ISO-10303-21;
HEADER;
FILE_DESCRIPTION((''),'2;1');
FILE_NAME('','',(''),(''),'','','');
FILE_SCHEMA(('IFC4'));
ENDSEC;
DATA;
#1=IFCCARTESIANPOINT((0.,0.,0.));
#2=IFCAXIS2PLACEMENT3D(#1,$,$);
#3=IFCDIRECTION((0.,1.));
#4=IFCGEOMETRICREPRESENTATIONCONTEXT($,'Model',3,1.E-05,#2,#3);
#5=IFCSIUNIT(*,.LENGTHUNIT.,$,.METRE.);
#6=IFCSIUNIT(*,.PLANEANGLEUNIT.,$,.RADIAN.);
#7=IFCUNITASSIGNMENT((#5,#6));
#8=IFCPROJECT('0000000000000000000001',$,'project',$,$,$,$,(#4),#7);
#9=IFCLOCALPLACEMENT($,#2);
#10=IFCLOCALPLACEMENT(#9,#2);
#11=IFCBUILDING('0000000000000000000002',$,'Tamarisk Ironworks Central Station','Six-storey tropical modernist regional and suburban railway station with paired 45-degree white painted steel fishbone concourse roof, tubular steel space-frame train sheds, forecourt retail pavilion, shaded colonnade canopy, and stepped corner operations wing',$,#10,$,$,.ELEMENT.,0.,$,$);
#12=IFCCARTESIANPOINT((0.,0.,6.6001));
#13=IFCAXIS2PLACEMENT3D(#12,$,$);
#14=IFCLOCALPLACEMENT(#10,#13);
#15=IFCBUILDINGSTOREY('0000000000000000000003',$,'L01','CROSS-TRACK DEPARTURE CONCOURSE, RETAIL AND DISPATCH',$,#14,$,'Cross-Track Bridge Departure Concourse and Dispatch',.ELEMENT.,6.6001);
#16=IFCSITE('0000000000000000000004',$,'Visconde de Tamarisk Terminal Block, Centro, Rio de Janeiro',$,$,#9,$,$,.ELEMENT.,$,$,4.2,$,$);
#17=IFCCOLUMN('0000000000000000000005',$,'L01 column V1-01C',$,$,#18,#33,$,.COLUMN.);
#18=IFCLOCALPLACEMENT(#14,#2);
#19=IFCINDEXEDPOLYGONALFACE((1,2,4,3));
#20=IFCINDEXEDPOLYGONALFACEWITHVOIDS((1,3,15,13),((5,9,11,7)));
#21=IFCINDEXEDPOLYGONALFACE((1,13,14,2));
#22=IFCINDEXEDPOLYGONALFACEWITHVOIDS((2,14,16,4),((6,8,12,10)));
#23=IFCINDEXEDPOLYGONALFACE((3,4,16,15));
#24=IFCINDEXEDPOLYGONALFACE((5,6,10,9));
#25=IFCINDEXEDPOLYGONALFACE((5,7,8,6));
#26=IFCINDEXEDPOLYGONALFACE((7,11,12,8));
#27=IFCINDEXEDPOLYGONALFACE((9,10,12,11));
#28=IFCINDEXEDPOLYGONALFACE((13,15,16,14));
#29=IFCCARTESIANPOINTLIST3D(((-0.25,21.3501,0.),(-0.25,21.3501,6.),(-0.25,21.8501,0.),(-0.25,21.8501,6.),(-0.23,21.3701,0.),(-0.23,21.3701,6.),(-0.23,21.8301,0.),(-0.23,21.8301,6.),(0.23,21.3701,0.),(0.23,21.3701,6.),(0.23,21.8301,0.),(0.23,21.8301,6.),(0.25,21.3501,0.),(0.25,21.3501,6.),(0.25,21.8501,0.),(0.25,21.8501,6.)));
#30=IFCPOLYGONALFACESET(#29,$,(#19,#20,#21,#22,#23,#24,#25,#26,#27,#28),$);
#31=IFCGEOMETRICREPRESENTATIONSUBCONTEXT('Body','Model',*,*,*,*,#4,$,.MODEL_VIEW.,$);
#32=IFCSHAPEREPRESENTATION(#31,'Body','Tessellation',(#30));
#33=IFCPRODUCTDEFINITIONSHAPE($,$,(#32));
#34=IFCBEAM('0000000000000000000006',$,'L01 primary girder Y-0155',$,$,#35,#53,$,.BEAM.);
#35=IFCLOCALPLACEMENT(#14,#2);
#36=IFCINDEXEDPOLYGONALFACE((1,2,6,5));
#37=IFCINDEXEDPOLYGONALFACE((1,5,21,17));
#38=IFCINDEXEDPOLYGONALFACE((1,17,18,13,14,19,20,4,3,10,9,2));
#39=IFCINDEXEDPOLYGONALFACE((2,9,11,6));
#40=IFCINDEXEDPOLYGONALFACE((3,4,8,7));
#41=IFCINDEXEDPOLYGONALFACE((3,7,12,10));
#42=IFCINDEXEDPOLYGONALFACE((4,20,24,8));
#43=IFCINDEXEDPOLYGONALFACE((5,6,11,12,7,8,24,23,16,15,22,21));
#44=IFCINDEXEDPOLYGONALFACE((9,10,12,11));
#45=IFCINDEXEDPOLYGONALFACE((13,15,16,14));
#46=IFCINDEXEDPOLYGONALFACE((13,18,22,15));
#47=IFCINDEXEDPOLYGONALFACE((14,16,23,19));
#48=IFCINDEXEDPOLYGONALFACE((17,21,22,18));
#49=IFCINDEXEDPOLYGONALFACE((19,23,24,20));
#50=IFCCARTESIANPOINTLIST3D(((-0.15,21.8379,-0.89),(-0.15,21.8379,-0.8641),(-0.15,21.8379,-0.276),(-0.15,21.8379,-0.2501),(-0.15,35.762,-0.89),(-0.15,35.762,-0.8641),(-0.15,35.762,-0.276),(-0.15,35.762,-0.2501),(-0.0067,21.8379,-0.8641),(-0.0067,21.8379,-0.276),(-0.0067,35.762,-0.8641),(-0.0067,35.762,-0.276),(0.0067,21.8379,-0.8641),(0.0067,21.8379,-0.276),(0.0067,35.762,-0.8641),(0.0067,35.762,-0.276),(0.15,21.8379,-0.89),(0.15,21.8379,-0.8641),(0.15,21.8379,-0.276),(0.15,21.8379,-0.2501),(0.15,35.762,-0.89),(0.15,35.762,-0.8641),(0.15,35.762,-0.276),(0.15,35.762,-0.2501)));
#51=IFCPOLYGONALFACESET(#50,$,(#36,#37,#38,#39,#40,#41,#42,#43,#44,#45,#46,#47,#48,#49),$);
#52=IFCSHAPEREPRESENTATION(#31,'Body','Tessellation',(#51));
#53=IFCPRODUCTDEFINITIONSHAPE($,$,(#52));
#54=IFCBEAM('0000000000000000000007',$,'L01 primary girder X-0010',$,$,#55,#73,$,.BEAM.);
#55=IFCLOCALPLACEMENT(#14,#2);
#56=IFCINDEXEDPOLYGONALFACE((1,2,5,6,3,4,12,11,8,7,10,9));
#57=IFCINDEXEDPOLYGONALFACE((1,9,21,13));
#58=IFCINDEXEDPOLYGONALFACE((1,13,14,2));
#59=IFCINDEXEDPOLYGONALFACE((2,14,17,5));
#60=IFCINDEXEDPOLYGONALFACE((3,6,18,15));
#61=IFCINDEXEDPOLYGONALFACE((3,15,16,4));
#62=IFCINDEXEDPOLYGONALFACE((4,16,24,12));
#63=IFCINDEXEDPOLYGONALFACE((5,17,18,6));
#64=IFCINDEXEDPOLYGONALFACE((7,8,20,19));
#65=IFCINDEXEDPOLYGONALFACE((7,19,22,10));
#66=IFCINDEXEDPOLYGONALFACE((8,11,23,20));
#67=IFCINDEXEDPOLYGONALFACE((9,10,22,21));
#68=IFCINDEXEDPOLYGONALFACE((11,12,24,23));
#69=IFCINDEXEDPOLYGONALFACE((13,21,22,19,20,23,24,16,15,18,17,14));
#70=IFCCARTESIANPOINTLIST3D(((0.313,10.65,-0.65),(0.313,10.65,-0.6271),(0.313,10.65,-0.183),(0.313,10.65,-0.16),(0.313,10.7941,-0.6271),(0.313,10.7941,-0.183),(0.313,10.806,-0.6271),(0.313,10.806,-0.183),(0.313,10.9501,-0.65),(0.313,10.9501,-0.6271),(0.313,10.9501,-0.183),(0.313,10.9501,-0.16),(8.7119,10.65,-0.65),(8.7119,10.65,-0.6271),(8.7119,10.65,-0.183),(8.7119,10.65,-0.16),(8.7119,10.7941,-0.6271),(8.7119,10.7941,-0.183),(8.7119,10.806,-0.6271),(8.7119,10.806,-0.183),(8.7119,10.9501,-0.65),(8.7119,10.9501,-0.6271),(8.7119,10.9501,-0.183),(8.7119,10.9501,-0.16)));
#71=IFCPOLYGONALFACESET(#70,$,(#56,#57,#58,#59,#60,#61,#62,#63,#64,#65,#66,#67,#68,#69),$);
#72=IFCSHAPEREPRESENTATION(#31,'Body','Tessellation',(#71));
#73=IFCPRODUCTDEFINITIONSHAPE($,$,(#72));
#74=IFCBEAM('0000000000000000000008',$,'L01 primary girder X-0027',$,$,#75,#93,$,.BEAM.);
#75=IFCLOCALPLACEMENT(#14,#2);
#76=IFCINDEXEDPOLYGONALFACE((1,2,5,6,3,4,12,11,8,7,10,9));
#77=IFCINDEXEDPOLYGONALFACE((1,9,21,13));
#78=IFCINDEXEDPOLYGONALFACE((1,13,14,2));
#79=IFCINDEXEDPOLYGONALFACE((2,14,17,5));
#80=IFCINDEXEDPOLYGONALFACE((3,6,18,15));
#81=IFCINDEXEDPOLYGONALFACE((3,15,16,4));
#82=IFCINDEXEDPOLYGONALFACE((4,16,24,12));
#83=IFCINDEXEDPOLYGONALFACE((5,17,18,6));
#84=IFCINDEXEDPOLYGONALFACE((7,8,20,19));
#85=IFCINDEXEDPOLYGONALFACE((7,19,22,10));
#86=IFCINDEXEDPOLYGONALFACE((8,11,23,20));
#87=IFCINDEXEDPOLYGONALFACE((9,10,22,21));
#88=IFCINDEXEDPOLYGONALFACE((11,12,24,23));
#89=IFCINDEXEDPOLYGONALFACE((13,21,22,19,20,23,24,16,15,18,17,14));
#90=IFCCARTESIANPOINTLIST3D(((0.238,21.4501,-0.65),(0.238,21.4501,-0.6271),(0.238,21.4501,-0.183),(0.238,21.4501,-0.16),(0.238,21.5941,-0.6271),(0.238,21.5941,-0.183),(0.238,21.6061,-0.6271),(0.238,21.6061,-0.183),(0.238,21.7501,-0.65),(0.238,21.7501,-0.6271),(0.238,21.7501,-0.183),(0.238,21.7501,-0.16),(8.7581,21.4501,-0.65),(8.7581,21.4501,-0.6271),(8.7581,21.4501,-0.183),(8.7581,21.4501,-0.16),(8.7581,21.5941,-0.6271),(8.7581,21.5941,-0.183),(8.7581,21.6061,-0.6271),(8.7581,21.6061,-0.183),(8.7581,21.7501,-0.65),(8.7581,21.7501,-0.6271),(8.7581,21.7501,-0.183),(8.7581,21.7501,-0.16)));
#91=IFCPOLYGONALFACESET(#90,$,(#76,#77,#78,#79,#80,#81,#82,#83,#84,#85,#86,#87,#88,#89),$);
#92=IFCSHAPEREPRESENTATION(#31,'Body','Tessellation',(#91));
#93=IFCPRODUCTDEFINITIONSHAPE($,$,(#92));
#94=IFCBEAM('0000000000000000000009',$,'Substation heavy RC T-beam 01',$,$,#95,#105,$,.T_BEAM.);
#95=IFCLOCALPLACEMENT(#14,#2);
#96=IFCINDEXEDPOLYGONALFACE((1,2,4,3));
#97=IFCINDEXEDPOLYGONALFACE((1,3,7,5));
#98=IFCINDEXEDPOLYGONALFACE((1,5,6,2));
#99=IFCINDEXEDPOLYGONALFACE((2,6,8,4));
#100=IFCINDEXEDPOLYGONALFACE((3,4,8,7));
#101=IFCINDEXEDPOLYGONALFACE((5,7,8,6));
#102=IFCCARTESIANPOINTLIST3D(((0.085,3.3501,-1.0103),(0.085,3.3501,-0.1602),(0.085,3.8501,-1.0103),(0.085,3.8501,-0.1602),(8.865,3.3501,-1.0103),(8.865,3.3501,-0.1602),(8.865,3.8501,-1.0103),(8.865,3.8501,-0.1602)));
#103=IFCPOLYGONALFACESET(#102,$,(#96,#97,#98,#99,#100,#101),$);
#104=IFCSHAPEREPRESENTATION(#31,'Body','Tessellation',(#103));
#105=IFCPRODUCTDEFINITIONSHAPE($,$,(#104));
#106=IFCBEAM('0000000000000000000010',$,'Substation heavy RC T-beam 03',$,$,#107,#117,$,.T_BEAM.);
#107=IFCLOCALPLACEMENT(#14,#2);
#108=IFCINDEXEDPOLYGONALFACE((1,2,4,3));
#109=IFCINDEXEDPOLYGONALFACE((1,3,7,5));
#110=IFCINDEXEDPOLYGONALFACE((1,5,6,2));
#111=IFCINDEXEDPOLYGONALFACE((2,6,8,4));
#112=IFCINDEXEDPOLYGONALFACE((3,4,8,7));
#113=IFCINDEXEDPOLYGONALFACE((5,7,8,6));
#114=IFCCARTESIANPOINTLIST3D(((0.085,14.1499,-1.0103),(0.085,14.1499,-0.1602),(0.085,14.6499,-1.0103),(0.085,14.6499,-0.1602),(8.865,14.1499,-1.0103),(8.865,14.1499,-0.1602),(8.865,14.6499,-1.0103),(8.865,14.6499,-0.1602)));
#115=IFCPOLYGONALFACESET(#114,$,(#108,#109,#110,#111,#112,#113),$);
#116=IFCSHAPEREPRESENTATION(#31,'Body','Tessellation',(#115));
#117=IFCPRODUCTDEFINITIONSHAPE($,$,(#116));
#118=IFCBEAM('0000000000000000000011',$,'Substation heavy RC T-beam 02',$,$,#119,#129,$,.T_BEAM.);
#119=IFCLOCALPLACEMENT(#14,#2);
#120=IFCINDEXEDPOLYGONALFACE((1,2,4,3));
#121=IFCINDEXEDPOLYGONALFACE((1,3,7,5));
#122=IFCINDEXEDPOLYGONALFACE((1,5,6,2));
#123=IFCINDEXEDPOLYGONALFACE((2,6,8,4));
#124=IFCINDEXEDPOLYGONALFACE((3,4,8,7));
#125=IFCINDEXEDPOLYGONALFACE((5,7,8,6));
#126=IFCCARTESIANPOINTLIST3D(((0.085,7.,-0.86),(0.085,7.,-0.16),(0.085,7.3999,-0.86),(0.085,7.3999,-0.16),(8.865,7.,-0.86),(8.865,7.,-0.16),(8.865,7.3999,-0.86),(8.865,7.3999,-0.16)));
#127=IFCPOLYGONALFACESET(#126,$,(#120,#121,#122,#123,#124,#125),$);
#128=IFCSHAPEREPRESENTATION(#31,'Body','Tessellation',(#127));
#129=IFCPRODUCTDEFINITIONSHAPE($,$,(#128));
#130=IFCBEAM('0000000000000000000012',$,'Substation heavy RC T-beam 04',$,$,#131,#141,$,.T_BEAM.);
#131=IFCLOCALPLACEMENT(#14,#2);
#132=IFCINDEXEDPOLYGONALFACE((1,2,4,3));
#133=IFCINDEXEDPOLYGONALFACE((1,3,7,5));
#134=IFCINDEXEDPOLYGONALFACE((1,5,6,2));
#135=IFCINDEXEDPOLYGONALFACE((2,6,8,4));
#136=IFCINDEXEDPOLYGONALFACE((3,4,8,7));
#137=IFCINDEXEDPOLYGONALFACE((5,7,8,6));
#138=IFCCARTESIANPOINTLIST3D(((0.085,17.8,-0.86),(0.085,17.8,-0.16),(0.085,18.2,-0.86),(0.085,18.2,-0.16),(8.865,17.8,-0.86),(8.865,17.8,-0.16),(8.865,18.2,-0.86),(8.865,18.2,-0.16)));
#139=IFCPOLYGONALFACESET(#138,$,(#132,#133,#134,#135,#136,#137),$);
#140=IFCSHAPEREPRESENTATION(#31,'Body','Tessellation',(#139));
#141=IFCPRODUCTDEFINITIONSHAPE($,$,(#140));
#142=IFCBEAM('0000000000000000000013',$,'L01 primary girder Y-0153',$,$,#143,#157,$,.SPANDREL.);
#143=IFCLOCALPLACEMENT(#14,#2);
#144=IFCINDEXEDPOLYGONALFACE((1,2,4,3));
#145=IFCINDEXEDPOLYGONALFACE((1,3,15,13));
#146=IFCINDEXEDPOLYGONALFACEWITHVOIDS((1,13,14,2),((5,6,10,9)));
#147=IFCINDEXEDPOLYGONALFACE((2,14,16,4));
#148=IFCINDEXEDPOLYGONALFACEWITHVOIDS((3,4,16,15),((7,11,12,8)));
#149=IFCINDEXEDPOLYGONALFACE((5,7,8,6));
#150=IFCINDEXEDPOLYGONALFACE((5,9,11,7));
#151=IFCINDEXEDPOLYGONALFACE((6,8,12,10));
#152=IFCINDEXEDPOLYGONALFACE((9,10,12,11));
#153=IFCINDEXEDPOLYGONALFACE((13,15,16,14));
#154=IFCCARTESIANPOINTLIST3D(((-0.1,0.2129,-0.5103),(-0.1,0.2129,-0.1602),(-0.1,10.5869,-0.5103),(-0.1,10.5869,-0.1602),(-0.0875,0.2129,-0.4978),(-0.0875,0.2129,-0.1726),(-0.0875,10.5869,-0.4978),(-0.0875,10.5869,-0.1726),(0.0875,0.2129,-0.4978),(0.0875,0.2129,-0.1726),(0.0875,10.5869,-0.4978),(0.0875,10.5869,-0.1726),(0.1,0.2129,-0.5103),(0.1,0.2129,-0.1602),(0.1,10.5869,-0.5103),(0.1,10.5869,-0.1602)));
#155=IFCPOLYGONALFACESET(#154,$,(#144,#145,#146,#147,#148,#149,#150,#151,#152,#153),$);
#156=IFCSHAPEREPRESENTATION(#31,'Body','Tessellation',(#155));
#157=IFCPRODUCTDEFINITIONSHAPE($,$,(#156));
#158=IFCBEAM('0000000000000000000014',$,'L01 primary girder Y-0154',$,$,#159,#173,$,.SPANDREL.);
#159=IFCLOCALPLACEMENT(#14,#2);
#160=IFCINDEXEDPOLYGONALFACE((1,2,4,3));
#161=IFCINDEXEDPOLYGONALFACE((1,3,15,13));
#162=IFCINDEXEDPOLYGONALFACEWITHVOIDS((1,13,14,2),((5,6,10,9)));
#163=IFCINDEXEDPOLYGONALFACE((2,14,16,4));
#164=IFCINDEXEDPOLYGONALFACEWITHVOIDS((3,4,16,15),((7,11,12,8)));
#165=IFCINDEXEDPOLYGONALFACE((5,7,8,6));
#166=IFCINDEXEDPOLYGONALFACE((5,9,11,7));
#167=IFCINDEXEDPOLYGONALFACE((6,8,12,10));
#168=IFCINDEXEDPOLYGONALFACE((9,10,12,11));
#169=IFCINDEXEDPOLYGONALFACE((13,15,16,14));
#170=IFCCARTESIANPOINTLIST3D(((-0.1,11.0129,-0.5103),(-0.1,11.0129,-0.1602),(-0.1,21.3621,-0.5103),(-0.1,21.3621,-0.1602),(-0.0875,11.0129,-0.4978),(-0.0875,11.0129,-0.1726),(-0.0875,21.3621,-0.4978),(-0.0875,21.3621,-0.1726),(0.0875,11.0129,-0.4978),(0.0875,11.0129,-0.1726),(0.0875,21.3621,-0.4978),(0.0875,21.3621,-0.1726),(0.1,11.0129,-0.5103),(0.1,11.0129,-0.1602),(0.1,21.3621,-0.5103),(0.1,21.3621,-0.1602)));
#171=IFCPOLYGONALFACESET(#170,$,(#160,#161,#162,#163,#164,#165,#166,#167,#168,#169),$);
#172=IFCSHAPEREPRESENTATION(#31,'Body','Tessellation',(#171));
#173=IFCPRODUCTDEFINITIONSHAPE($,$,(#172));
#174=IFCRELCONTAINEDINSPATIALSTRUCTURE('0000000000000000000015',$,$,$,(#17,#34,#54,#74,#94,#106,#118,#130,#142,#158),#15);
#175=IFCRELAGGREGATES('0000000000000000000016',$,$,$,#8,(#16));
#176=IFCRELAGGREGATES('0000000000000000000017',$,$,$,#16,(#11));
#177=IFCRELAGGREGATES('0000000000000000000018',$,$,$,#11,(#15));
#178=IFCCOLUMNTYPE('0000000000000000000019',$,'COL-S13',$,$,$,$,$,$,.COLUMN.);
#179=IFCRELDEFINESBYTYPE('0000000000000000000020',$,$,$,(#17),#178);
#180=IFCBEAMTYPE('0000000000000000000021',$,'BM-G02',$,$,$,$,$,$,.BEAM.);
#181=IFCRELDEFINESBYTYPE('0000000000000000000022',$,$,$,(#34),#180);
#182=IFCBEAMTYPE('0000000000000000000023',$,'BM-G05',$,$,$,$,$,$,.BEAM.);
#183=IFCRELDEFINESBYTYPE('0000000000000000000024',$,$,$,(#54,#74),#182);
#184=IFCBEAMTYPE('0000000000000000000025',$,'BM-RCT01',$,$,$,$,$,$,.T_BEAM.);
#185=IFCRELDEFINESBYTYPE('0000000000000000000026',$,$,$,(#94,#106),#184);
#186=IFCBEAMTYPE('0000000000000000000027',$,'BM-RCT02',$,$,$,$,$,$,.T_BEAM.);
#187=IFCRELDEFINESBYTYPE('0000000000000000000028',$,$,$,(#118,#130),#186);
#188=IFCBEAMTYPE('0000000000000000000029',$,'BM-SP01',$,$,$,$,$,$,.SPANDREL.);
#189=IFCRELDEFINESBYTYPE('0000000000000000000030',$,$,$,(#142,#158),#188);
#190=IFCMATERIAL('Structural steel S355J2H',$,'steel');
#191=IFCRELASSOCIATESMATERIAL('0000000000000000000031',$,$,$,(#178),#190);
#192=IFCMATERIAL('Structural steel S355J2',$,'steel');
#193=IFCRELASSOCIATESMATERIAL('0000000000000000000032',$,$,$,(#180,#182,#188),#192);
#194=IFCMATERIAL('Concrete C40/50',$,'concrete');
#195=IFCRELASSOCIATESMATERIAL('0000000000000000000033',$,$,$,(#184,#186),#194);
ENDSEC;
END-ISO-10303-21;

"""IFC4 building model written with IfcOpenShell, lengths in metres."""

from ifc_helpers import new_model, si_unit, direction, frame, origin, origin_2d, place, context, subcontext, project, spatial, rectangle, hollow_rectangle, i_section, extrude, material, material_profile, profile_set, type_object, element, save


model = new_model("IFC4")

# Units and contexts
model_context = context("Model", 3, precision=1e-05, world=origin(), true_north=direction((0.0, 1.0)))
body_context = subcontext(model_context, "Body", "Model", "MODEL_VIEW")
ifc_project = project(units=[si_unit("LENGTHUNIT", "METRE"), si_unit("PLANEANGLEUNIT", "RADIAN")], contexts=[model_context])

# Site, building, storey
site_placement = place(None, origin())
site = spatial("IfcSite", under=ifc_project, at=site_placement, Name="Visconde de Tamarisk Terminal Block, Centro, Rio de Janeiro", CompositionType="ELEMENT", RefElevation=4.2)
building_placement = place(site_placement, origin())
building = spatial("IfcBuilding", under=site, at=building_placement, Name="Tamarisk Ironworks Central Station", Description="Six-storey tropical modernist regional and suburban railway station with paired 45-degree white painted steel fishbone concourse roof, tubular steel space-frame train sheds, forecourt retail pavilion, shaded colonnade canopy, and stepped corner operations wing", CompositionType="ELEMENT", ElevationOfRefHeight=0.0)
storey_placement = place(building_placement, frame((0.0, 0.0, 6.6001)))
storey = spatial("IfcBuildingStorey", under=building, at=storey_placement, Name="L01", Description="CROSS-TRACK DEPARTURE CONCOURSE, RETAIL AND DISPATCH", LongName="Cross-Track Bridge Departure Concourse and Dispatch", CompositionType="ELEMENT", Elevation=6.6001)

# Column
ifc_material_1 = material(Name="Structural steel S355J2H", Category="steel")
ifc_material_profile_1 = material_profile(ifc_material_1, hollow_rectangle(XDim=0.5, YDim=0.5, WallThickness=0.02, at=origin_2d()), Name="SHS 500x500x20")
ifc_profile_set_1 = profile_set([ifc_material_profile_1], Name="Structural steel S355J2H")
column_type = type_object("IfcColumnType", Name="COL-S13", PredefinedType="COLUMN", material=ifc_profile_set_1)
column_placement = place(storey_placement, frame((0.0, 21.6001, 0.0), z_axis=(0.0, 0.0, 1.0), x_axis=(1.0, 0.0, 0.0)))
element("IfcColumn", 1, at=column_placement, inside=storey, type_object=column_type, Name="L01 column V1-01C", PredefinedType="COLUMN", context=body_context, shape_type="SweptSolid", body=[
    extrude(hollow_rectangle(XDim=0.5, YDim=0.5, WallThickness=0.02, at=origin_2d()), origin(), (0.0, 0.0, 1.0), 6.0),
])

# Beams
ifc_material_2 = material(Name="Structural steel S355J2", Category="steel")
ifc_material_profile_2 = material_profile(ifc_material_2, i_section(OverallWidth=0.3, OverallDepth=0.6399, WebThickness=0.0134, FlangeThickness=0.0259, at=origin_2d()), Name="HEA 650")
ifc_profile_set_2 = profile_set([ifc_material_profile_2], Name="Structural steel S355J2")
beam_type_1 = type_object("IfcBeamType", Name="BM-G02", PredefinedType="BEAM", material=ifc_profile_set_2)
beam_1_placement = place(storey_placement, frame((0.0, 21.8379, -0.5701), z_axis=(0.0, 1.0, 0.0), x_axis=(-1.0, 0.0, 0.0)))
element("IfcBeam", 2, at=beam_1_placement, inside=storey, type_object=beam_type_1, Name="L01 primary girder Y-0155", PredefinedType="BEAM", context=body_context, shape_type="SweptSolid", body=[
    extrude(i_section(OverallWidth=0.3, OverallDepth=0.6399, WebThickness=0.0134, FlangeThickness=0.0259, at=origin_2d()), origin(), (0.0, 0.0, 1.0), 13.9241),
])
ifc_material_profile_3 = material_profile(ifc_material_2, i_section(OverallWidth=0.3, OverallDepth=0.49, WebThickness=0.012, FlangeThickness=0.0229, at=origin_2d()), Name="HEA 500")
ifc_profile_set_3 = profile_set([ifc_material_profile_3], Name="Structural steel S355J2")
beam_type_2 = type_object("IfcBeamType", Name="BM-G05", PredefinedType="BEAM", material=ifc_profile_set_3)
beam_2_placement = place(storey_placement, frame((0.313, 10.8, -0.405), z_axis=(1.0, 0.0, 0.0), x_axis=(0.0, 1.0, 0.0)))
element("IfcBeam", 3, at=beam_2_placement, inside=storey, type_object=beam_type_2, Name="L01 primary girder X-0010", PredefinedType="BEAM", context=body_context, shape_type="SweptSolid", body=[
    extrude(i_section(OverallWidth=0.3, OverallDepth=0.49, WebThickness=0.012, FlangeThickness=0.0229, at=origin_2d()), origin(), (0.0, 0.0, 1.0), 8.3989),
])
beam_3_placement = place(storey_placement, frame((0.238, 21.6001, -0.405), z_axis=(1.0, 0.0, 0.0), x_axis=(0.0, 1.0, 0.0)))
element("IfcBeam", 4, at=beam_3_placement, inside=storey, type_object=beam_type_2, Name="L01 primary girder X-0027", PredefinedType="BEAM", context=body_context, shape_type="SweptSolid", body=[
    extrude(i_section(OverallWidth=0.3, OverallDepth=0.49, WebThickness=0.012, FlangeThickness=0.0229, at=origin_2d()), origin(), (0.0, 0.0, 1.0), 8.52),
])
ifc_material_3 = material(Name="Concrete C40/50", Category="concrete")
ifc_material_profile_4 = material_profile(ifc_material_3, rectangle(XDim=0.5, YDim=0.8501, at=origin_2d()), Name="RC 500x850")
ifc_profile_set_4 = profile_set([ifc_material_profile_4], Name="Concrete C40/50")
beam_type_3 = type_object("IfcBeamType", Name="BM-RCT01", PredefinedType="T_BEAM", material=ifc_profile_set_4)
for number, where, z_axis, x_axis, name in (
    (5, (0.085, 3.6001, -0.5852), (1.0, 0.0, 0.0), (0.0, 1.0, 0.0), "Substation heavy RC T-beam 01"),
    (6, (0.085, 14.3999, -0.5852), (1.0, 0.0, 0.0), (0.0, 1.0, 0.0), "Substation heavy RC T-beam 03"),
):
    element("IfcBeam", number, at=place(storey_placement, frame(where, z_axis=z_axis, x_axis=x_axis)), inside=storey, type_object=beam_type_3, Name=name, PredefinedType="T_BEAM", context=body_context, shape_type="SweptSolid", body=[
        extrude(rectangle(XDim=0.5, YDim=0.8501, at=origin_2d()), origin(), (0.0, 0.0, 1.0), 8.78),
    ])
ifc_material_profile_5 = material_profile(ifc_material_3, rectangle(XDim=0.3999, YDim=0.7, at=origin_2d()), Name="RC 400x700")
ifc_profile_set_5 = profile_set([ifc_material_profile_5], Name="Concrete C40/50")
beam_type_4 = type_object("IfcBeamType", Name="BM-RCT02", PredefinedType="T_BEAM", material=ifc_profile_set_5)
for number, where, z_axis, x_axis, name in (
    (7, (0.085, 7.2, -0.51), (1.0, 0.0, 0.0), (0.0, 1.0, 0.0), "Substation heavy RC T-beam 02"),
    (8, (0.085, 18.0, -0.51), (1.0, 0.0, 0.0), (0.0, 1.0, 0.0), "Substation heavy RC T-beam 04"),
):
    element("IfcBeam", number, at=place(storey_placement, frame(where, z_axis=z_axis, x_axis=x_axis)), inside=storey, type_object=beam_type_4, Name=name, PredefinedType="T_BEAM", context=body_context, shape_type="SweptSolid", body=[
        extrude(rectangle(XDim=0.3999, YDim=0.7, at=origin_2d()), origin(), (0.0, 0.0, 1.0), 8.78),
    ])
ifc_material_profile_6 = material_profile(ifc_material_2, hollow_rectangle(XDim=0.2, YDim=0.3501, WallThickness=0.0125, at=origin_2d()), Name="RHS 350x200x12.5")
ifc_profile_set_6 = profile_set([ifc_material_profile_6], Name="Structural steel S355J2")
beam_type_5 = type_object("IfcBeamType", Name="BM-SP01", PredefinedType="SPANDREL", material=ifc_profile_set_6)
beam_4_placement = place(storey_placement, frame((0.0, 0.2129, -0.3352), z_axis=(0.0, 1.0, 0.0), x_axis=(-1.0, 0.0, 0.0)))
element("IfcBeam", 9, at=beam_4_placement, inside=storey, type_object=beam_type_5, Name="L01 primary girder Y-0153", PredefinedType="SPANDREL", context=body_context, shape_type="SweptSolid", body=[
    extrude(hollow_rectangle(XDim=0.2, YDim=0.3501, WallThickness=0.0125, at=origin_2d()), origin(), (0.0, 0.0, 1.0), 10.374),
])
beam_5_placement = place(storey_placement, frame((0.0, 11.0129, -0.3352), z_axis=(0.0, 1.0, 0.0), x_axis=(-1.0, 0.0, 0.0)))
element("IfcBeam", 10, at=beam_5_placement, inside=storey, type_object=beam_type_5, Name="L01 primary girder Y-0154", PredefinedType="SPANDREL", context=body_context, shape_type="SweptSolid", body=[
    extrude(hollow_rectangle(XDim=0.2, YDim=0.3501, WallThickness=0.0125, at=origin_2d()), origin(), (0.0, 0.0, 1.0), 10.3491),
])

save(model, "model.ifc")
